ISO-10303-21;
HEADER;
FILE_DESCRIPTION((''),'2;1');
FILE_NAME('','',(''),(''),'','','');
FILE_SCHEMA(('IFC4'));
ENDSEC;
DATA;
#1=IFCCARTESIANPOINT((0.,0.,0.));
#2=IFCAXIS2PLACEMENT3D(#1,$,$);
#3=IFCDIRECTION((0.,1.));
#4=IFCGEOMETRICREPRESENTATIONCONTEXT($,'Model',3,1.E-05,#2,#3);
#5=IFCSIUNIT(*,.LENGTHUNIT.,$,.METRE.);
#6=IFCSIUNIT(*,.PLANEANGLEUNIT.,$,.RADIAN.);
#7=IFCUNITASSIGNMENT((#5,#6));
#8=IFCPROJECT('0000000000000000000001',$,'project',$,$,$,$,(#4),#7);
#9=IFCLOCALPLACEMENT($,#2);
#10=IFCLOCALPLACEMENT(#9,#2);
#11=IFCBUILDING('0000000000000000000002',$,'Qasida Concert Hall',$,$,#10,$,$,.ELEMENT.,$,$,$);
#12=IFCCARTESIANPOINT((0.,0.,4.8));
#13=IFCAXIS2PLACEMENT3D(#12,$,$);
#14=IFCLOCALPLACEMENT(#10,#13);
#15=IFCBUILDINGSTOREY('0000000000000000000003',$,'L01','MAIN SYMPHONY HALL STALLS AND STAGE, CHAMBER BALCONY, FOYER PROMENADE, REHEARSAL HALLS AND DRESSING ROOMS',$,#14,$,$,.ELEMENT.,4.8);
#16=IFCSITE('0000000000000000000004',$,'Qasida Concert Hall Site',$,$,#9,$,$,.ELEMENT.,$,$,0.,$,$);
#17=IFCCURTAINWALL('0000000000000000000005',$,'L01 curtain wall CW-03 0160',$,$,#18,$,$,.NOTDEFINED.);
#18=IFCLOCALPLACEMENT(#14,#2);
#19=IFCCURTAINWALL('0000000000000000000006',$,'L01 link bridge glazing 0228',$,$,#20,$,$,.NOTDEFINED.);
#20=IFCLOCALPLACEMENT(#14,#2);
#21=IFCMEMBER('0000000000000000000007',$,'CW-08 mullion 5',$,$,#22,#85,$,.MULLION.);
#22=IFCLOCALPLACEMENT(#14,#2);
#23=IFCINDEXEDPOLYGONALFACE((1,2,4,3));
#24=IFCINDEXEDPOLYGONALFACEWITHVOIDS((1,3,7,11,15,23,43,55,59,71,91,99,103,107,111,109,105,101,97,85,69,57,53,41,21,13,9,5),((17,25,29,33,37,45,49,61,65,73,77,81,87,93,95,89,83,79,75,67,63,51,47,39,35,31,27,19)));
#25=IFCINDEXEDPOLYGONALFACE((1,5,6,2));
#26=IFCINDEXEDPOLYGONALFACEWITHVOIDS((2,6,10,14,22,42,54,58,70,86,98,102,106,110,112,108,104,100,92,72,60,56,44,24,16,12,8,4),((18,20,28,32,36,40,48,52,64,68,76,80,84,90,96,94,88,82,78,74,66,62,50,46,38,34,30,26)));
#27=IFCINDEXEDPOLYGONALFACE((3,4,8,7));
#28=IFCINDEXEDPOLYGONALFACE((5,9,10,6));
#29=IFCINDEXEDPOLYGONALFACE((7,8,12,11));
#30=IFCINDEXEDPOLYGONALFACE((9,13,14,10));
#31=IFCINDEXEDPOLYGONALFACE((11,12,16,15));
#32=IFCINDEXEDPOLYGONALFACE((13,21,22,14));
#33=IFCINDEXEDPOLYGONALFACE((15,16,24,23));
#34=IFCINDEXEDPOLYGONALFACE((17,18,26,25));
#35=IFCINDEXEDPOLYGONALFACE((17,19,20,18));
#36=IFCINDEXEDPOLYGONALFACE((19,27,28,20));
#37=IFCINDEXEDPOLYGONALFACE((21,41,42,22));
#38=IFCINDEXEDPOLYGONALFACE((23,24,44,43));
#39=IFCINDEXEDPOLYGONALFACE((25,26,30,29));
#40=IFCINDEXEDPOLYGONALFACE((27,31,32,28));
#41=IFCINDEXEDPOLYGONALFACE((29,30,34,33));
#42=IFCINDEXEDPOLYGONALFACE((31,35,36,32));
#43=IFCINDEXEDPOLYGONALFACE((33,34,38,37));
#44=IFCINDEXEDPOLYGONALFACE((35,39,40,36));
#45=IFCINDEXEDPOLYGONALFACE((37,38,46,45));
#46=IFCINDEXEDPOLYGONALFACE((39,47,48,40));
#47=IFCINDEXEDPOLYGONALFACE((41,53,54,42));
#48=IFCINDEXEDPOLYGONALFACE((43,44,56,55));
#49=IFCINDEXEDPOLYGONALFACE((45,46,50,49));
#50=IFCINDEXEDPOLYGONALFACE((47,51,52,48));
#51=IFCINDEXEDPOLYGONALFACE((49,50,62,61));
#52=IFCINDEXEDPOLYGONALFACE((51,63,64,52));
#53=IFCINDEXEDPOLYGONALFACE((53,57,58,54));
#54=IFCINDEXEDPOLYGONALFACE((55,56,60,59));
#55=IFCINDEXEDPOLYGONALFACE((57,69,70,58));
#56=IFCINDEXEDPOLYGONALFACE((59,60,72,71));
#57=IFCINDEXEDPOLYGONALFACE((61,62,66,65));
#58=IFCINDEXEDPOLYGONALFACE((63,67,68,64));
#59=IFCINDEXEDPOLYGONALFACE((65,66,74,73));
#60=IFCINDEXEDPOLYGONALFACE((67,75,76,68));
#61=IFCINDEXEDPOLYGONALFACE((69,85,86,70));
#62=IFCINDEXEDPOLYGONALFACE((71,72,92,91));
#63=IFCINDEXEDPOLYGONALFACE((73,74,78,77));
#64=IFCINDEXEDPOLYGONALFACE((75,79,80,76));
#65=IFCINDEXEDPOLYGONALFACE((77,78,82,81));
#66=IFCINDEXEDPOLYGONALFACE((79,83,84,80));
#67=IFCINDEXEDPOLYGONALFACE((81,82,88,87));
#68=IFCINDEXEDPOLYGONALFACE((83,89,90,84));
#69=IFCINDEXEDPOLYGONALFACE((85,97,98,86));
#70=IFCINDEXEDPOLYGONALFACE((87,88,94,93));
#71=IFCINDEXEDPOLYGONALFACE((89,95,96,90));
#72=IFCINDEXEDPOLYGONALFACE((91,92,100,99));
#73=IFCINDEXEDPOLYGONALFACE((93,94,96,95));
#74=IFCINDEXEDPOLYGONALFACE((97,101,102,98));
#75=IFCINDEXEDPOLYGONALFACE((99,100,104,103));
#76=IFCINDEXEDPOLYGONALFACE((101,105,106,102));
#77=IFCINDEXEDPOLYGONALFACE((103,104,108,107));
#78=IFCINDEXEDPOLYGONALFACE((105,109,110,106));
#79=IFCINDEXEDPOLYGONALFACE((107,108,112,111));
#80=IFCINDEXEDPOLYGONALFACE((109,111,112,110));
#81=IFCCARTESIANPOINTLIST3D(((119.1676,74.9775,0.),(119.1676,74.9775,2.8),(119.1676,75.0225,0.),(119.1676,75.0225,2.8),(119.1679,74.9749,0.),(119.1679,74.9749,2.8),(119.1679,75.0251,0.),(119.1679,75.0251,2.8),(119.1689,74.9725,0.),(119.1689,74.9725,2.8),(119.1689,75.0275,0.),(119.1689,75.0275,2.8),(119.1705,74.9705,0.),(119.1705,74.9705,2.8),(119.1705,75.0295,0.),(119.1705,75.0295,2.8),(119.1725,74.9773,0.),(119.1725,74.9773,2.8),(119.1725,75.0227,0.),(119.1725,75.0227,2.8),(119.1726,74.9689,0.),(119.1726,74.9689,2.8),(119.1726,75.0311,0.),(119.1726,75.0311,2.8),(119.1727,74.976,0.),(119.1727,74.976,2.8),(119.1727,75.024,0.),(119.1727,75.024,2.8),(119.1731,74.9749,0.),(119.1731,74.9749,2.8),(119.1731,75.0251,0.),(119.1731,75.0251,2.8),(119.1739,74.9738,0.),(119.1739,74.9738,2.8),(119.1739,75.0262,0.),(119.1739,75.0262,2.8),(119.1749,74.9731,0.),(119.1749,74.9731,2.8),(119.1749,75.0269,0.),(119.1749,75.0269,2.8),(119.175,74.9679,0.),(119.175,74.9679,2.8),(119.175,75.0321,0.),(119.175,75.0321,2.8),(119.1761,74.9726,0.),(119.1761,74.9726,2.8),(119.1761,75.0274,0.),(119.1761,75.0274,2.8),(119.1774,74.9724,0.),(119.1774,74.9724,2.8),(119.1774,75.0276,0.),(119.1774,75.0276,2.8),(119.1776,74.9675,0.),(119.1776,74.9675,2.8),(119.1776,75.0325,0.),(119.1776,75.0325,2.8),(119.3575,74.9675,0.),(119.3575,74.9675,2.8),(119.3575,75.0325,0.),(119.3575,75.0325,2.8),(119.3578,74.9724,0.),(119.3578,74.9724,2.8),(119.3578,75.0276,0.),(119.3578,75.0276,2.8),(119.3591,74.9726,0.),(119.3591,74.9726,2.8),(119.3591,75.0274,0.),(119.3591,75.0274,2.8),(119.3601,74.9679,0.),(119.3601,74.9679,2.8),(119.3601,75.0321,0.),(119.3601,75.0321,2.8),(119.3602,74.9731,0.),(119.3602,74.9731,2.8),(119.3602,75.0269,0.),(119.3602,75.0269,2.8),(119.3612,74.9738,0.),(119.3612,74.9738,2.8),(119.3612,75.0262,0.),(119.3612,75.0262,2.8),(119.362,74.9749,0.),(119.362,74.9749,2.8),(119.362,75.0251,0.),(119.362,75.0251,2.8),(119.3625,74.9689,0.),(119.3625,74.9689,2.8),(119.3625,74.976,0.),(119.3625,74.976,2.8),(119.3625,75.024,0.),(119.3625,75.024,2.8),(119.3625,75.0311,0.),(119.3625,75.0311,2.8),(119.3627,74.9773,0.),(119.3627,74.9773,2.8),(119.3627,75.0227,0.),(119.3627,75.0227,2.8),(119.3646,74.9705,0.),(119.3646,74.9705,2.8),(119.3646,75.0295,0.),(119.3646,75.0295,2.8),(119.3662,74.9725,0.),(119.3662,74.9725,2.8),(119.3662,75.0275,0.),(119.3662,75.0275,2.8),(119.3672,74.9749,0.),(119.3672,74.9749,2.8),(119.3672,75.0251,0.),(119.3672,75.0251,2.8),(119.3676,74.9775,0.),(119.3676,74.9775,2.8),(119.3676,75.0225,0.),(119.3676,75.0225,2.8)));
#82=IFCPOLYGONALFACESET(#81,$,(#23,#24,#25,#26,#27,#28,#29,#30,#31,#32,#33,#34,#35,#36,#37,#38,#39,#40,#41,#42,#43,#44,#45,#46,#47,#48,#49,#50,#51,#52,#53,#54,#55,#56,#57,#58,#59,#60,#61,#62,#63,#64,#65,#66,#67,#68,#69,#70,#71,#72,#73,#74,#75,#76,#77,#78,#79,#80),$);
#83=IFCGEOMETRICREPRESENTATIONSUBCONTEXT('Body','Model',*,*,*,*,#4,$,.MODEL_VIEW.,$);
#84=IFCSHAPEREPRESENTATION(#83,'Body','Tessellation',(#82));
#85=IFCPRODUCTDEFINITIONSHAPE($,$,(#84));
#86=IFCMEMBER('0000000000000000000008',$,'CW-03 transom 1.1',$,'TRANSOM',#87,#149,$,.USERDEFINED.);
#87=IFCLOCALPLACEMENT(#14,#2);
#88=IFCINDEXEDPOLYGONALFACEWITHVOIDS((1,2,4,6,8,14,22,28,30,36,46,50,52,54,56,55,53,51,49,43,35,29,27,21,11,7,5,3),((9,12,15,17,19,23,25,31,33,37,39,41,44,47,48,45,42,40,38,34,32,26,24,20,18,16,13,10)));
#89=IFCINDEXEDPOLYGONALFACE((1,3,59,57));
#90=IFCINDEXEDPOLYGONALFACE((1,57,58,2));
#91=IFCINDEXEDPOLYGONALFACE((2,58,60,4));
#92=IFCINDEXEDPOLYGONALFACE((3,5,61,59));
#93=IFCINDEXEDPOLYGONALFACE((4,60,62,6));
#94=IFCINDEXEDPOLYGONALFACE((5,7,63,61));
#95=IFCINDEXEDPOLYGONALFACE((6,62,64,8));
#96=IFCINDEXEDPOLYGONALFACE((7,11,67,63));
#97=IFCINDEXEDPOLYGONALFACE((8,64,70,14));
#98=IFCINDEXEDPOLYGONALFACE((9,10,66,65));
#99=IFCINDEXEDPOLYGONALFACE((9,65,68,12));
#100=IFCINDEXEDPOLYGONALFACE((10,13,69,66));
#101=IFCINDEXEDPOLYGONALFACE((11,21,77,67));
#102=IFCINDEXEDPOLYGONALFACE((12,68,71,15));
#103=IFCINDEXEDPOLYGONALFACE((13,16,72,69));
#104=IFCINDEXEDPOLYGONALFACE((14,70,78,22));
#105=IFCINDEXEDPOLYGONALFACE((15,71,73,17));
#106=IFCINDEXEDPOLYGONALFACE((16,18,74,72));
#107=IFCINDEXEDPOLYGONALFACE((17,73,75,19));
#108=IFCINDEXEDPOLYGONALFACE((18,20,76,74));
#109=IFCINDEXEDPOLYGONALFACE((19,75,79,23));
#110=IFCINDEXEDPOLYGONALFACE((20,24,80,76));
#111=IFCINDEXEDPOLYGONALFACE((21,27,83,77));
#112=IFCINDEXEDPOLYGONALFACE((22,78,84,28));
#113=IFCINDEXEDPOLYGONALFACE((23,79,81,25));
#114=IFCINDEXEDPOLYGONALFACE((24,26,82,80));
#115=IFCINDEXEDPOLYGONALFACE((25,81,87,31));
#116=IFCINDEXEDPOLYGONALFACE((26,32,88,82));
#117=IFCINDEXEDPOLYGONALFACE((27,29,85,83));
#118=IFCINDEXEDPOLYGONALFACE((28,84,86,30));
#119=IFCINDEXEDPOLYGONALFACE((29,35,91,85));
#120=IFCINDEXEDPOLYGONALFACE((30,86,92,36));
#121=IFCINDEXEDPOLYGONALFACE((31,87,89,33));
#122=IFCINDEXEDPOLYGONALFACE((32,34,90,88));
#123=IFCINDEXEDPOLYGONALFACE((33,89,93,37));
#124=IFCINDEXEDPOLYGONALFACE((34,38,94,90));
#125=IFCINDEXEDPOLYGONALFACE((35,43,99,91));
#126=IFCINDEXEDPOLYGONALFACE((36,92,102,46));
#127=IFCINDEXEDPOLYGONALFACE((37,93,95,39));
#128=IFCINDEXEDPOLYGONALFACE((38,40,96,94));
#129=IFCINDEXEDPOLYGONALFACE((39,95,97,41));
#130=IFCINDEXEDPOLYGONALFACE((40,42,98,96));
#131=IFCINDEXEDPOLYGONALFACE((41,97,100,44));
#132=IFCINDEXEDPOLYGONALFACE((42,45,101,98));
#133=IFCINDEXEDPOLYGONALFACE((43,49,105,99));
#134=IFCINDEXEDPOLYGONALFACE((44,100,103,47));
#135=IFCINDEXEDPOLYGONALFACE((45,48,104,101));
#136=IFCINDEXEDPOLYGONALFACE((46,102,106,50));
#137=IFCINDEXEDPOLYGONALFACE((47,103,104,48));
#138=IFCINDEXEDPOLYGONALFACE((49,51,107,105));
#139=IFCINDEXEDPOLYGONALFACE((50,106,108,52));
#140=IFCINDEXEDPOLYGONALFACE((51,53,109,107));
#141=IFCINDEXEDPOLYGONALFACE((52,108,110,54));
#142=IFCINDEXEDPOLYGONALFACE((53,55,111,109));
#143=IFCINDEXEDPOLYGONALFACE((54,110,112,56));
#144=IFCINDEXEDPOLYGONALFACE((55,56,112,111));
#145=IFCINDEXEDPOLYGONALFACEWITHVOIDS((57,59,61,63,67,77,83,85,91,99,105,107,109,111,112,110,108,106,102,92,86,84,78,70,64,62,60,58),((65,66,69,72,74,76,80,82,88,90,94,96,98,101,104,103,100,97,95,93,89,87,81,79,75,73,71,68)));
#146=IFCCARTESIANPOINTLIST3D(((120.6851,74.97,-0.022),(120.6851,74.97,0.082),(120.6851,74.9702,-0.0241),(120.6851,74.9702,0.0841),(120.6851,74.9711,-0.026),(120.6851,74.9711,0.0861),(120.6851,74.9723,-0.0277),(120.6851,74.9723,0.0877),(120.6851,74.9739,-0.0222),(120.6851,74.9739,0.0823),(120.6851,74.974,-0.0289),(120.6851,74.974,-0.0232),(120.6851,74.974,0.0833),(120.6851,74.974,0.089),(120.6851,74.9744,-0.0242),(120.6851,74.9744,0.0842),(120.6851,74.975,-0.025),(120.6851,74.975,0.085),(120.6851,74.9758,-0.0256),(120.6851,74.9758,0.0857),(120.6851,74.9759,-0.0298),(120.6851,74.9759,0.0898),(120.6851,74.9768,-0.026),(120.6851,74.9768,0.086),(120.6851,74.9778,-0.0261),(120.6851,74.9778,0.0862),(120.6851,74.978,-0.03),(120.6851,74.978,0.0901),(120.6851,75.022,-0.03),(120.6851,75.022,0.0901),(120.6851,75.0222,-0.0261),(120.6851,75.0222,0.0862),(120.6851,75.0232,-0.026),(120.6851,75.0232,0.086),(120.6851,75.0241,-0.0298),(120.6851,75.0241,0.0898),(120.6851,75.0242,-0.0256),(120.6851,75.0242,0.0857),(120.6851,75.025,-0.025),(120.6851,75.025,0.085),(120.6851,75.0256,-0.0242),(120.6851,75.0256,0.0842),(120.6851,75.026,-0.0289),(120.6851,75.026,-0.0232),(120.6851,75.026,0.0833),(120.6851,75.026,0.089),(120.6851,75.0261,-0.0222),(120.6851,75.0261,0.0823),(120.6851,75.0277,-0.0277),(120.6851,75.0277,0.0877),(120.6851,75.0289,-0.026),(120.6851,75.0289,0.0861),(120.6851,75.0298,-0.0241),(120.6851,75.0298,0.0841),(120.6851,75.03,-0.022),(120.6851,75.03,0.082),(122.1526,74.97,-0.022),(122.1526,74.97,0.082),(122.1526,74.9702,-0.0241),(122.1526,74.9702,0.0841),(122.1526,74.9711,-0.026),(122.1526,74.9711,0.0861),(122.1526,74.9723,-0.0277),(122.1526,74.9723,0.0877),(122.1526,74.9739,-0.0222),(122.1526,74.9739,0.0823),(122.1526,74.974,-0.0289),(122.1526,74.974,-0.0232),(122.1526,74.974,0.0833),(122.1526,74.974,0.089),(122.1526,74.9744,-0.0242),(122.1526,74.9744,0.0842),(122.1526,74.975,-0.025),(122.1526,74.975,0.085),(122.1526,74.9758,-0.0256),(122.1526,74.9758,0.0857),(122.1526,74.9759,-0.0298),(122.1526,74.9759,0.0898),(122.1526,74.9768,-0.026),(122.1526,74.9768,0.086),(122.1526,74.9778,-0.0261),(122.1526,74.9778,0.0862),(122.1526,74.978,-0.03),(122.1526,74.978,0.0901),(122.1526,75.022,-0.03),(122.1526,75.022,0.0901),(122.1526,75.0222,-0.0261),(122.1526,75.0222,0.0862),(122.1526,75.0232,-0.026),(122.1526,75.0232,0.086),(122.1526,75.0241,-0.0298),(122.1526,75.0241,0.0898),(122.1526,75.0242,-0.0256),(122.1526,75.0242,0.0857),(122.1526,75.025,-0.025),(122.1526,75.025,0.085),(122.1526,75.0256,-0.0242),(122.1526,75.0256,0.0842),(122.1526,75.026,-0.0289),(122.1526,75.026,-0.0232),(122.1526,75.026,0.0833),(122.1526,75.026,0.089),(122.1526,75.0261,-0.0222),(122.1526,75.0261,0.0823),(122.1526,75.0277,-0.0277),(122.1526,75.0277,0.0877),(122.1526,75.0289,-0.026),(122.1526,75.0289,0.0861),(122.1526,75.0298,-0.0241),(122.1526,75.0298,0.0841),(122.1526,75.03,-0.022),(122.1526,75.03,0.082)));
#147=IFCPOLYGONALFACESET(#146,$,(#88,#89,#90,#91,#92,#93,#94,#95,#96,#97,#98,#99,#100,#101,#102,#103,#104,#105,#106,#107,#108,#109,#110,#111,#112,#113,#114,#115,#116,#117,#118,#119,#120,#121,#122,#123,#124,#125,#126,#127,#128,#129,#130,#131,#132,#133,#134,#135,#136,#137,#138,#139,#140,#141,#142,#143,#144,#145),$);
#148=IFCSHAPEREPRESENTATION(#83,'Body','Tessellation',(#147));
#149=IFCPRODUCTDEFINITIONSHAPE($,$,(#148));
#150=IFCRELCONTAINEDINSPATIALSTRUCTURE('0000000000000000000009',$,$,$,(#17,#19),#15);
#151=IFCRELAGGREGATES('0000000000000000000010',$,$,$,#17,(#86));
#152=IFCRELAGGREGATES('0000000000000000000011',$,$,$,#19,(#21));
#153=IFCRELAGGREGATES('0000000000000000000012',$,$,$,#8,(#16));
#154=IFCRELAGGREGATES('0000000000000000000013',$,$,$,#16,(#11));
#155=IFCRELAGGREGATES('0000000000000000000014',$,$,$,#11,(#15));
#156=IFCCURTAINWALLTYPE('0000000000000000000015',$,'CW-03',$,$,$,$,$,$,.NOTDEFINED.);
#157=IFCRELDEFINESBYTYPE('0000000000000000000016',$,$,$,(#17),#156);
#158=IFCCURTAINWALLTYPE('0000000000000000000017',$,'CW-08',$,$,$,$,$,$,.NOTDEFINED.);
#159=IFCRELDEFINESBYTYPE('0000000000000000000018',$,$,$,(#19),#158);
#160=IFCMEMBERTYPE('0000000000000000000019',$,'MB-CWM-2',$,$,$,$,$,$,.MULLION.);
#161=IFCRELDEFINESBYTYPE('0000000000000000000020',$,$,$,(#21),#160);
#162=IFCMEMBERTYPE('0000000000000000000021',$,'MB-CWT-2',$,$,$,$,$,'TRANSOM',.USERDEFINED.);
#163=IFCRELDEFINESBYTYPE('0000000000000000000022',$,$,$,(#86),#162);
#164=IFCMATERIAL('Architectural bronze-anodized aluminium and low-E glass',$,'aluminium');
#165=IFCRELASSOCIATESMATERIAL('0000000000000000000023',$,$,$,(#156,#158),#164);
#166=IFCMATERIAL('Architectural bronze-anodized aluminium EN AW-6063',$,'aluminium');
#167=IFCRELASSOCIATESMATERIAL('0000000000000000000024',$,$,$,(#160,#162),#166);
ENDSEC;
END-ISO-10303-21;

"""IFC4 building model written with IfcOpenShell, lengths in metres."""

from ifc_helpers import new_model, si_unit, direction, frame, origin, origin_2d, place, context, subcontext, project, spatial, hollow_rectangle, extrude, material, material_profile, profile_set, type_object, element, aggregate, save


model = new_model("IFC4")

# Units and contexts
model_context = context("Model", 3, precision=1e-05, world=origin(), true_north=direction((0.0, 1.0)))
body_context = subcontext(model_context, "Body", "Model", "MODEL_VIEW")
ifc_project = project(units=[si_unit("LENGTHUNIT", "METRE"), si_unit("PLANEANGLEUNIT", "RADIAN")], contexts=[model_context])

# Site, building, storey
site_placement = place(None, origin())
site = spatial("IfcSite", under=ifc_project, at=site_placement, Name="Qasida Concert Hall Site", CompositionType="ELEMENT", RefElevation=0.0)
building_placement = place(site_placement, origin())
building = spatial("IfcBuilding", under=site, at=building_placement, Name="Qasida Concert Hall", CompositionType="ELEMENT")
storey_placement = place(building_placement, frame((0.0, 0.0, 4.8)))
storey = spatial("IfcBuildingStorey", under=building, at=storey_placement, Name="L01", Description="MAIN SYMPHONY HALL STALLS AND STAGE, CHAMBER BALCONY, FOYER PROMENADE, REHEARSAL HALLS AND DRESSING ROOMS", CompositionType="ELEMENT", Elevation=4.8)

# Curtain walls, member
ifc_material_1 = material(Name="Architectural bronze-anodized aluminium and low-E glass", Category="aluminium")
curtain_wall_type_1 = type_object("IfcCurtainWallType", Name="CW-03", PredefinedType="NOTDEFINED", material=ifc_material_1)
curtain_wall_1_placement = place(storey_placement, origin())
curtain_wall_1 = element("IfcCurtainWall", 1, at=curtain_wall_1_placement, inside=storey, type_object=curtain_wall_type_1, Name="L01 curtain wall CW-03 0160", PredefinedType="NOTDEFINED")
ifc_material_2 = material(Name="Architectural bronze-anodized aluminium EN AW-6063", Category="aluminium")
ifc_material_profile_1 = material_profile(ifc_material_2, hollow_rectangle(XDim=0.0649, YDim=0.2, WallThickness=0.0049, InnerFilletRadius=0.0049, OuterFilletRadius=0.01, at=origin_2d()), Name="CWM 200x65x5")
ifc_profile_set_1 = profile_set([ifc_material_profile_1], Name="Architectural bronze-anodized aluminium EN AW-6063")
member_type_1 = type_object("IfcMemberType", Name="MB-CWM-2", PredefinedType="MULLION", material=ifc_profile_set_1)
curtain_wall_type_2 = type_object("IfcCurtainWallType", Name="CW-08", PredefinedType="NOTDEFINED", material=ifc_material_1)
curtain_wall_2_placement = place(storey_placement, origin())
curtain_wall_2 = element("IfcCurtainWall", 2, at=curtain_wall_2_placement, inside=storey, type_object=curtain_wall_type_2, Name="L01 link bridge glazing 0228", PredefinedType="NOTDEFINED")
member_1_placement = place(storey_placement, frame((119.2676, 75.0, 0.0), z_axis=(0.0, 0.0, 1.0), x_axis=(0.0, 1.0, 0.0)))
member_1 = element("IfcMember", 3, at=member_1_placement, type_object=member_type_1, Name="CW-08 mullion 5", PredefinedType="MULLION", context=body_context, shape_type="SweptSolid", body=[
    extrude(hollow_rectangle(XDim=0.0649, YDim=0.2, WallThickness=0.0049, InnerFilletRadius=0.0049, OuterFilletRadius=0.01, at=origin_2d()), origin(), (0.0, 0.0, 1.0), 2.8),
])

# Member
ifc_material_profile_2 = material_profile(ifc_material_2, hollow_rectangle(XDim=0.0601, YDim=0.1201, WallThickness=0.0039, InnerFilletRadius=0.0039, OuterFilletRadius=0.0081, at=origin_2d()), Name="CWT 120x60x4")
ifc_profile_set_2 = profile_set([ifc_material_profile_2], Name="Architectural bronze-anodized aluminium EN AW-6063")
member_type_2 = type_object("IfcMemberType", Name="MB-CWT-2", ElementType="TRANSOM", PredefinedType="USERDEFINED", material=ifc_profile_set_2)
member_2_placement = place(storey_placement, frame((120.6851, 75.0, 0.03), z_axis=(1.0, 0.0, 0.0), x_axis=(0.0, 1.0, 0.0)))
member_2 = element("IfcMember", 4, at=member_2_placement, type_object=member_type_2, Name="CW-03 transom 1.1", ObjectType="TRANSOM", PredefinedType="USERDEFINED", context=body_context, shape_type="SweptSolid", body=[
    extrude(hollow_rectangle(XDim=0.0601, YDim=0.1201, WallThickness=0.0039, InnerFilletRadius=0.0039, OuterFilletRadius=0.0081, at=origin_2d()), origin(), (0.0, 0.0, 1.0), 1.4675),
])
aggregate(curtain_wall_1, [member_2])

aggregate(curtain_wall_2, [member_1])

save(model, "model.ifc")
